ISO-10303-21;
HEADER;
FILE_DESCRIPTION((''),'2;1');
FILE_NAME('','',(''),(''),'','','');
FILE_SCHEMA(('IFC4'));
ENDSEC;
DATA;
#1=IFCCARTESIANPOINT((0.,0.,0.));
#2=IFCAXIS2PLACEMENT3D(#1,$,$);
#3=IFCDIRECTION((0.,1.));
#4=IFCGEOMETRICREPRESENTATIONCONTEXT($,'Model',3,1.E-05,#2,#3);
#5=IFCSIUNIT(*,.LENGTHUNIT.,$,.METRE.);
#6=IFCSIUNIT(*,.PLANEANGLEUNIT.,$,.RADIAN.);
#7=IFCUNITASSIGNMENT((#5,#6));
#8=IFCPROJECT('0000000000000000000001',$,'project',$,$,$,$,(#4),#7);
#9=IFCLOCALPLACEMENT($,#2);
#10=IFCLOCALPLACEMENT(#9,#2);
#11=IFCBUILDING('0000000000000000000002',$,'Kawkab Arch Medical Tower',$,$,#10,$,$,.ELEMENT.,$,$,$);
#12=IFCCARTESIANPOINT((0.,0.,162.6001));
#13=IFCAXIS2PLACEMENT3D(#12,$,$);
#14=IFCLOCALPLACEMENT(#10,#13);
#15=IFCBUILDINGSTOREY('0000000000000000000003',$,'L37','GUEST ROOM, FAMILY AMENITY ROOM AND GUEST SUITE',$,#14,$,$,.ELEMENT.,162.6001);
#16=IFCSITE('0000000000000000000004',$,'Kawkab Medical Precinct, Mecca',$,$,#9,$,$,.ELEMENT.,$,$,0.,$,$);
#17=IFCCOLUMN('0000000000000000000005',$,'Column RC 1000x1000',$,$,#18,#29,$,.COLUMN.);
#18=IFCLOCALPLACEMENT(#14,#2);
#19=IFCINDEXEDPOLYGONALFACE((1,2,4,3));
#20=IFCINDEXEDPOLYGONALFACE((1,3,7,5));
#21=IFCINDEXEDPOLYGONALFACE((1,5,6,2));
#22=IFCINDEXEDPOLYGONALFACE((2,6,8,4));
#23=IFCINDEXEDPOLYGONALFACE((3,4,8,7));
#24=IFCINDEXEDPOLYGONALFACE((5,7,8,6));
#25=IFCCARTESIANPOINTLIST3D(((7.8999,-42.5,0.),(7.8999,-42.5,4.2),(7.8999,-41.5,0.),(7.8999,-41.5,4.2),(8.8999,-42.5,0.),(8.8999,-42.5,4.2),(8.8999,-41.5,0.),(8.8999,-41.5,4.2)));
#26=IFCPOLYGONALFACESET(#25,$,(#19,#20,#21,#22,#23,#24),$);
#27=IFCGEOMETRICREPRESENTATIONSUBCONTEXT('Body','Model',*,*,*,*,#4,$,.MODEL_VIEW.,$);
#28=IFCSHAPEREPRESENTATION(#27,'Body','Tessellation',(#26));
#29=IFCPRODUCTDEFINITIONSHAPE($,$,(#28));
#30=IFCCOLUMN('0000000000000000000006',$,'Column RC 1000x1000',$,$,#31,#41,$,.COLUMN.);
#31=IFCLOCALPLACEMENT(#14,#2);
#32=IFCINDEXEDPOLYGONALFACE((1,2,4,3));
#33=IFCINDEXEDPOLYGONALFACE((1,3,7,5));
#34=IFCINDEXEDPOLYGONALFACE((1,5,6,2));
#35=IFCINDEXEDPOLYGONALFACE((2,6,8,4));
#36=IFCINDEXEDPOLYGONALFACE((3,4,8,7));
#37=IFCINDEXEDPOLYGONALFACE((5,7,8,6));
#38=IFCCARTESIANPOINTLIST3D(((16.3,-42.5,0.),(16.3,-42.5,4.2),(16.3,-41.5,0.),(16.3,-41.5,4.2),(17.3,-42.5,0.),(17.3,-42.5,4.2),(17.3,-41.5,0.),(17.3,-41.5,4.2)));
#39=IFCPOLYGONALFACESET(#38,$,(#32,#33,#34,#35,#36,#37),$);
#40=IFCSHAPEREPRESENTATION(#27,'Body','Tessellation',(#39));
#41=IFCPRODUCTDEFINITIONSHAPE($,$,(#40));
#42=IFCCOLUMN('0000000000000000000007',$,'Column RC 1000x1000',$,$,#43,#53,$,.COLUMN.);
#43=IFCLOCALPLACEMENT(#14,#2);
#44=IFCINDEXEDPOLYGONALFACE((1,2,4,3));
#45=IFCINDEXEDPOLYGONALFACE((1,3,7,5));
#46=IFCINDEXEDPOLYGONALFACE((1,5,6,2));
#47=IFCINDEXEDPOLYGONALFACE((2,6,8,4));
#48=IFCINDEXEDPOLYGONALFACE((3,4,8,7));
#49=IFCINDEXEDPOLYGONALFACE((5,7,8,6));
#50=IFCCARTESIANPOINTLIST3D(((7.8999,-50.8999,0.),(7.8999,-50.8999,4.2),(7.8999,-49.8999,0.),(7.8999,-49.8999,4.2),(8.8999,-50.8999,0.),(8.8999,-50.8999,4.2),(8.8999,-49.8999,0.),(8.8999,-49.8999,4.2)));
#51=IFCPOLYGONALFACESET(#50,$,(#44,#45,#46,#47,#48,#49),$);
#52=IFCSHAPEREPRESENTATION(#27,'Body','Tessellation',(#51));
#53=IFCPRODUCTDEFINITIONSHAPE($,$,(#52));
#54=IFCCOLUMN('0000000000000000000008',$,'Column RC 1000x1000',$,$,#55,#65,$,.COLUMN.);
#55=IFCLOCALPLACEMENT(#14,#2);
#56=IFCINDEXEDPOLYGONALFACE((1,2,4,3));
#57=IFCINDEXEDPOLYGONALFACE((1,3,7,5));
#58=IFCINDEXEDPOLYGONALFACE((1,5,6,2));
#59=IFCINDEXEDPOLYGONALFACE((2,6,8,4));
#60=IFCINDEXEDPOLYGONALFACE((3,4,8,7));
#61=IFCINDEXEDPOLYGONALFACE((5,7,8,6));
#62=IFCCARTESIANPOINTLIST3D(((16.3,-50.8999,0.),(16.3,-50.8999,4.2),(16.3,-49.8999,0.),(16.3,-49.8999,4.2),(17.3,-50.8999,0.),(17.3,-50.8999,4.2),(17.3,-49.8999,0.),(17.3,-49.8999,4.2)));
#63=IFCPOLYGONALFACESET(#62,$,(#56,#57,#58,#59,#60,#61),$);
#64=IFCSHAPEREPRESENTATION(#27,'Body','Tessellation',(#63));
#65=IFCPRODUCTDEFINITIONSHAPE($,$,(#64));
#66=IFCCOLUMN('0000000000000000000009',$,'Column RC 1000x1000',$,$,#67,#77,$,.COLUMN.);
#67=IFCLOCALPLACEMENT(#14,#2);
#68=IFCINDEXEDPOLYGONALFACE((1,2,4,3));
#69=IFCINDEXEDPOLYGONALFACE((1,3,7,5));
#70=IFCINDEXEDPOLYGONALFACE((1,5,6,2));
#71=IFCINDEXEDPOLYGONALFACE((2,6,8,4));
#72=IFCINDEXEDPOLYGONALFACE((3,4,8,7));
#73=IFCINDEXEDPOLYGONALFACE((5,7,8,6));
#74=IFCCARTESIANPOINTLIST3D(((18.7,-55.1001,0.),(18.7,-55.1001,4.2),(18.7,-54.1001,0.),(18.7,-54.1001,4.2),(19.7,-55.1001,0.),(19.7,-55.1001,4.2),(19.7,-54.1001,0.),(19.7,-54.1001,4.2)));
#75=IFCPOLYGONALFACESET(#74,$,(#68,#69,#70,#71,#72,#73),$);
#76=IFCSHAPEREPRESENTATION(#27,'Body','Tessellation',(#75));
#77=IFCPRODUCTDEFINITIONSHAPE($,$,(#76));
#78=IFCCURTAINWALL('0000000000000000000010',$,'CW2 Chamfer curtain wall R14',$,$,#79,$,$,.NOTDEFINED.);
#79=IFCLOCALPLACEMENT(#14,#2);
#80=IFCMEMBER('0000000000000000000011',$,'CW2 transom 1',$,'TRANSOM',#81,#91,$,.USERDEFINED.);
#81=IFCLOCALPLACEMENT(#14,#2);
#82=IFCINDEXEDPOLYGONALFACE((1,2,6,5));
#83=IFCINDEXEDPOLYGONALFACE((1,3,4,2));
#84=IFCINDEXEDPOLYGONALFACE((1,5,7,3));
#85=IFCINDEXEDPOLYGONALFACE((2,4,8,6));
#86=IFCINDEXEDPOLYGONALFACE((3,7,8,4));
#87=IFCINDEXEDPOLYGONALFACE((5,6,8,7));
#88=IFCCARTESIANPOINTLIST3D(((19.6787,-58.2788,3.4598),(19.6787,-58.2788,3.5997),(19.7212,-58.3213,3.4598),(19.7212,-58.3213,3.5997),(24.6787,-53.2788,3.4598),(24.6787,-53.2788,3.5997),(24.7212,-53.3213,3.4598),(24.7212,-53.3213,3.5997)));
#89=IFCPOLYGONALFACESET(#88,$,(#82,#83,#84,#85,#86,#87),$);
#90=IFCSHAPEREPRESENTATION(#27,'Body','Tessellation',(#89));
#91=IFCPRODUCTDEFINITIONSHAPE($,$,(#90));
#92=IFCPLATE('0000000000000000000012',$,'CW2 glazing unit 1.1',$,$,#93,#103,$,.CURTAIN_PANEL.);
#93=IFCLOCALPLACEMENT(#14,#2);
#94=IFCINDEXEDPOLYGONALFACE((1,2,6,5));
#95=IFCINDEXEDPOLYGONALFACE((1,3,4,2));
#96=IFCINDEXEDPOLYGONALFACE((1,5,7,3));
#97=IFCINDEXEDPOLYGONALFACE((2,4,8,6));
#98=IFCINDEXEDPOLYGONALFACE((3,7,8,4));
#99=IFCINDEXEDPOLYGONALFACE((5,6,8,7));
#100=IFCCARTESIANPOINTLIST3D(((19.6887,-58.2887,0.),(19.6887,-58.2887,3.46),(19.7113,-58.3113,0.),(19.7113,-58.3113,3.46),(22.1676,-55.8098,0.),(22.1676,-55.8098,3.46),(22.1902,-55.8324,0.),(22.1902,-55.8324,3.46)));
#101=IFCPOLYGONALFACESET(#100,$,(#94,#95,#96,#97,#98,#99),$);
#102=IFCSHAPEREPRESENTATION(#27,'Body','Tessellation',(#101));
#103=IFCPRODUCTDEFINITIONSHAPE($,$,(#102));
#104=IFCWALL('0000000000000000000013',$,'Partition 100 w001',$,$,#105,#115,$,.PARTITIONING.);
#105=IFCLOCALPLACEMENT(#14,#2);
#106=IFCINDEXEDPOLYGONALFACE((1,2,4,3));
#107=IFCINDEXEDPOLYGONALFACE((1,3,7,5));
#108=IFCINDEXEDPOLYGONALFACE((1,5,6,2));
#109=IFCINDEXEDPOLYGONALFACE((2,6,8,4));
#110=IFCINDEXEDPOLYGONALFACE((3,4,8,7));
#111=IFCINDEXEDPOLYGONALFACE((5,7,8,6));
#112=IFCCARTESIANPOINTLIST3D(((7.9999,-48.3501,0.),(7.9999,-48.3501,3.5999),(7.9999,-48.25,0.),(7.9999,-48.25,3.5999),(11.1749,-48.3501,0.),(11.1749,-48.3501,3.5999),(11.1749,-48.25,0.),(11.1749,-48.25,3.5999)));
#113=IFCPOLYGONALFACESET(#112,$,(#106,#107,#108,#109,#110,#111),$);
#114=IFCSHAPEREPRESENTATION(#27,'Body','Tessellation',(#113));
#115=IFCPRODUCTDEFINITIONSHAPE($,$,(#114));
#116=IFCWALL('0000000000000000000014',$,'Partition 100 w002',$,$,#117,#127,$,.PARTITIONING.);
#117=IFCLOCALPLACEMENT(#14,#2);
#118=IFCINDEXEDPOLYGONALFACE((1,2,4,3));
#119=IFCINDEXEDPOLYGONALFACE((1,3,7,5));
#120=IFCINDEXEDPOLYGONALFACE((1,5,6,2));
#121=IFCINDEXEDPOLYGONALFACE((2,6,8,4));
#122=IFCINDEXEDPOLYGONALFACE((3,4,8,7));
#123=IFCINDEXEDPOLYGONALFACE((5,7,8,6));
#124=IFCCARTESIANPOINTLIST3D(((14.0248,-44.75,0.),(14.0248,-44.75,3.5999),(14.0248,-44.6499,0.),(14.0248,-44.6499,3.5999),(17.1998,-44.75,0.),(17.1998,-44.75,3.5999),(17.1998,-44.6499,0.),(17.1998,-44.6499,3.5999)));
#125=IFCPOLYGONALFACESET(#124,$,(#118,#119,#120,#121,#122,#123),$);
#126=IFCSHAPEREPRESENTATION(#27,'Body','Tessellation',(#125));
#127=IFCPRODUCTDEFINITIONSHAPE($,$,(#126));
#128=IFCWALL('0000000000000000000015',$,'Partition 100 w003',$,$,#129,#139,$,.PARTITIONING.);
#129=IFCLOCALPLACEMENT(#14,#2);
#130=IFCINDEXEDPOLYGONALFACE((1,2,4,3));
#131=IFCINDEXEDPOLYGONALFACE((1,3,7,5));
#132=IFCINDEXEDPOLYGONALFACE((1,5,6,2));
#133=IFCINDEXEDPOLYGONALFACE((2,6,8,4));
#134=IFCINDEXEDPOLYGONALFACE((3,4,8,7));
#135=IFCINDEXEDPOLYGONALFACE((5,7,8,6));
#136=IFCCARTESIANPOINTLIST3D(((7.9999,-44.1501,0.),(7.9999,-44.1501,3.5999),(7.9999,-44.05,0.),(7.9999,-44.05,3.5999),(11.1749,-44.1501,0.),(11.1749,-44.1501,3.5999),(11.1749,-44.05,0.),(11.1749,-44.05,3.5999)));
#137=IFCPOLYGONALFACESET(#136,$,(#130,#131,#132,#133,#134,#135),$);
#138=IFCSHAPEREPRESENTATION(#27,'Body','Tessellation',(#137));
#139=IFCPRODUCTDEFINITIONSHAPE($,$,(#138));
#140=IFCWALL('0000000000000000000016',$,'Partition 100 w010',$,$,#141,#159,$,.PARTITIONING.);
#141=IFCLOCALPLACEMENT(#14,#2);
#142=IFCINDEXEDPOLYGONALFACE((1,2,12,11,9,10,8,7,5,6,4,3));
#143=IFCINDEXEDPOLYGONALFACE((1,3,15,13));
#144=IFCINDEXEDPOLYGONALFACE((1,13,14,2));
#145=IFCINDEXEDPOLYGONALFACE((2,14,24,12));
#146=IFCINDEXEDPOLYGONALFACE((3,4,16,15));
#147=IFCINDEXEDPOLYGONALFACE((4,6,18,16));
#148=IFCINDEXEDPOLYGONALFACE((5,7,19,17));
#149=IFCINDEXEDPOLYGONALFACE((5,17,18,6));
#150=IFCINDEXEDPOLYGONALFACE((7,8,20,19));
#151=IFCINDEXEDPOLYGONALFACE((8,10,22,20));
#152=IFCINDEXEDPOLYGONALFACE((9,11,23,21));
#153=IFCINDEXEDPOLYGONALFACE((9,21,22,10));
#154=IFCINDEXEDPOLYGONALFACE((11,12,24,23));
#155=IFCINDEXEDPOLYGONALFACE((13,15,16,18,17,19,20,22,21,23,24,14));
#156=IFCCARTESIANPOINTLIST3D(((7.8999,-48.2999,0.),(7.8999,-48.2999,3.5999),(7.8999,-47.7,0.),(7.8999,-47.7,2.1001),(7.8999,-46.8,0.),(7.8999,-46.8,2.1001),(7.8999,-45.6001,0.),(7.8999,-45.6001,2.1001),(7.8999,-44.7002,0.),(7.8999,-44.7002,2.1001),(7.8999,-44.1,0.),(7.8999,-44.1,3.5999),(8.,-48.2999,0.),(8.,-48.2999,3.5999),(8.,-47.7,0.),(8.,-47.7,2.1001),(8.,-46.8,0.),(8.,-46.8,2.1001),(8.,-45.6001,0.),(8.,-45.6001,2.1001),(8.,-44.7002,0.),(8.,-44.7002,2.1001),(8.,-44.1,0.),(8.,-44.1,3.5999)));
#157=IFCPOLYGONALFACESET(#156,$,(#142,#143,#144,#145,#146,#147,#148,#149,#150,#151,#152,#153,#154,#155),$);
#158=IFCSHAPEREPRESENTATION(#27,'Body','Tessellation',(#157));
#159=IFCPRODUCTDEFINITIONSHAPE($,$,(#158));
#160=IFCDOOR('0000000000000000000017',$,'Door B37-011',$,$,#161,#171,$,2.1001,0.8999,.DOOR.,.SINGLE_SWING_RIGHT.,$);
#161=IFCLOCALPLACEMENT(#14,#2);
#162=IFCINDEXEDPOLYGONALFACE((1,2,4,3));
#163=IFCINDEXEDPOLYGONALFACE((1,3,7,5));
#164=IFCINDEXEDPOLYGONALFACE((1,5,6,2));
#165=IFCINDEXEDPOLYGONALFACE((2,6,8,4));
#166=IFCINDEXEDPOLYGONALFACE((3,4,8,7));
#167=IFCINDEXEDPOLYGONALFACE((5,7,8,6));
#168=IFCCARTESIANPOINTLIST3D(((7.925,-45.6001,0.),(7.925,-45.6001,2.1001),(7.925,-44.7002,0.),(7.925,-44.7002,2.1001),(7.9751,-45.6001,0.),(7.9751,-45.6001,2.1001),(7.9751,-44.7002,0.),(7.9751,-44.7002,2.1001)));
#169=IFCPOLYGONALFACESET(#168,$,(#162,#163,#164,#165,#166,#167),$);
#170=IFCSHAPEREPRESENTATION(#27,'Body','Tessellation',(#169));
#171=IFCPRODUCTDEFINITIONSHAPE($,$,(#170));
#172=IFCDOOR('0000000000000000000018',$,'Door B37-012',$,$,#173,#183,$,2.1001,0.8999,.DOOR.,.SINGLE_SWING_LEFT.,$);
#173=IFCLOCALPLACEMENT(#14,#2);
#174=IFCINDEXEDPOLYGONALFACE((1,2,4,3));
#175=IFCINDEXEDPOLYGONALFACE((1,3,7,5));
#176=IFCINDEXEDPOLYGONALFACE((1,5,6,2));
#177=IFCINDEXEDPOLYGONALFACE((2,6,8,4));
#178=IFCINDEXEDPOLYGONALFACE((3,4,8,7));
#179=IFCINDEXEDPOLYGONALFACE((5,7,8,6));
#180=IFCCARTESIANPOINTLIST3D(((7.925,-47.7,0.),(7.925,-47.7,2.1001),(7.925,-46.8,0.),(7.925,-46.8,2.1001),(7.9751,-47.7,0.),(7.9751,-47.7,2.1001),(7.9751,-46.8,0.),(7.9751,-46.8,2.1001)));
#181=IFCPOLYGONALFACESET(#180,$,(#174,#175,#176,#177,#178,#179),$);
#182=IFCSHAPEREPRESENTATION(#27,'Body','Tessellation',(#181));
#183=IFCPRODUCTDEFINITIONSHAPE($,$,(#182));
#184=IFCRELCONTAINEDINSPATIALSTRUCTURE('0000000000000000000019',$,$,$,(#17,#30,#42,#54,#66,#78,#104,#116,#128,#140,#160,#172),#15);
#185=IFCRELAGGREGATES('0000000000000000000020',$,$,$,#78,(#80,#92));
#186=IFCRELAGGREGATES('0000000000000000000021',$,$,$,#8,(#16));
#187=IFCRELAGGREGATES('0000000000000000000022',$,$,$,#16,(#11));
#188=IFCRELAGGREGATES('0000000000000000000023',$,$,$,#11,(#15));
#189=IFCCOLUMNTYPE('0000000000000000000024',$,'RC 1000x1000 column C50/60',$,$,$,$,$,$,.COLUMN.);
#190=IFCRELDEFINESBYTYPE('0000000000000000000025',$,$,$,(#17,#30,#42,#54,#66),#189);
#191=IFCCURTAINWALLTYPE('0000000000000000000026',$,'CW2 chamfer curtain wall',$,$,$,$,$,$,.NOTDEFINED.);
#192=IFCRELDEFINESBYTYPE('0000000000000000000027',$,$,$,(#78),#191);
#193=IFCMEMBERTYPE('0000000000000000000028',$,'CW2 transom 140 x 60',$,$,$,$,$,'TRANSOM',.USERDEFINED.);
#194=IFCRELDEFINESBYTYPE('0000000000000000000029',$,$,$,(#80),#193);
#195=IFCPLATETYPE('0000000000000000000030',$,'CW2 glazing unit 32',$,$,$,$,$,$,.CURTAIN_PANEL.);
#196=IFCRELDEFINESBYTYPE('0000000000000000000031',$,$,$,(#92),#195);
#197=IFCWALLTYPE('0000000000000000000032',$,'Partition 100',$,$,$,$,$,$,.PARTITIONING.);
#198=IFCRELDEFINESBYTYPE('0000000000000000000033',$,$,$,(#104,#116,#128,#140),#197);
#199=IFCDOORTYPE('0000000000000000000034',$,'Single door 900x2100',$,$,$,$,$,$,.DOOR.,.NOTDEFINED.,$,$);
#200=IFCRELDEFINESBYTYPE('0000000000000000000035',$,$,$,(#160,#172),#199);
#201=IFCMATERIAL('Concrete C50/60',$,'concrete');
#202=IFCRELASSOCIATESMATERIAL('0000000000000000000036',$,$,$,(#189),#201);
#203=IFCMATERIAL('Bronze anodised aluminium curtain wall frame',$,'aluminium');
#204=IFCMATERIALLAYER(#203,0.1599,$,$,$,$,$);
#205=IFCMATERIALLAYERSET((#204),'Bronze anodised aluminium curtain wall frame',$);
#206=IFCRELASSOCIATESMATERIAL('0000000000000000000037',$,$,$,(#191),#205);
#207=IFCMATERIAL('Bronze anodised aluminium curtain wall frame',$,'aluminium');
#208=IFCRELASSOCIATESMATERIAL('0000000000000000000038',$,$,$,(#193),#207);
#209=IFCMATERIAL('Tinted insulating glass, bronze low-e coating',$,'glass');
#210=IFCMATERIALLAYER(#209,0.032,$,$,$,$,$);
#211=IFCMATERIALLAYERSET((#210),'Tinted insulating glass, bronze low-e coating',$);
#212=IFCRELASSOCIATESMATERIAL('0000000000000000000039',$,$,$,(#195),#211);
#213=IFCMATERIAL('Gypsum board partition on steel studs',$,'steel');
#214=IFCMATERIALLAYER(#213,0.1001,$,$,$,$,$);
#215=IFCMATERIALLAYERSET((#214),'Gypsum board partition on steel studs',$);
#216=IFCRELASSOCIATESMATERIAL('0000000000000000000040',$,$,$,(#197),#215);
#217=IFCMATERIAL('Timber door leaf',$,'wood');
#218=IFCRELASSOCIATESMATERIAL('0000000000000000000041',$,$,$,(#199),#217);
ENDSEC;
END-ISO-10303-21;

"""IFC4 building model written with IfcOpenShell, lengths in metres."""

from ifc_helpers import new_model, si_unit, direction, frame, frame_2d, origin, origin_2d, place, context, subcontext, project, spatial, rectangle, extrude, material, layer, layer_set, material_profile, profile_set, type_object, element, fill, aggregate, save


model = new_model("IFC4")

# Units and contexts
model_context = context("Model", 3, precision=1e-05, world=origin(), true_north=direction((0.0, 1.0)))
body_context = subcontext(model_context, "Body", "Model", "MODEL_VIEW")
ifc_project = project(units=[si_unit("LENGTHUNIT", "METRE"), si_unit("PLANEANGLEUNIT", "RADIAN")], contexts=[model_context])

# Site, building, storey
site_placement = place(None, origin())
site = spatial("IfcSite", under=ifc_project, at=site_placement, Name="Kawkab Medical Precinct, Mecca", CompositionType="ELEMENT", RefElevation=0.0)
building_placement = place(site_placement, origin())
building = spatial("IfcBuilding", under=site, at=building_placement, Name="Kawkab Arch Medical Tower", CompositionType="ELEMENT")
storey_placement = place(building_placement, frame((0.0, 0.0, 162.6001)))
storey = spatial("IfcBuildingStorey", under=building, at=storey_placement, Name="L37", Description="GUEST ROOM, FAMILY AMENITY ROOM AND GUEST SUITE", CompositionType="ELEMENT", Elevation=162.6001)

# Columns
ifc_material_1 = material(Name="Concrete C50/60", Category="concrete")
ifc_material_profile_1 = material_profile(ifc_material_1, rectangle(XDim=1.0, YDim=1.0, at=origin_2d()), Name="RC 1000x1000")
ifc_profile_set_1 = profile_set([ifc_material_profile_1], Name="Concrete C50/60")
column_type = type_object("IfcColumnType", Name="RC 1000x1000 column C50/60", PredefinedType="COLUMN", material=ifc_profile_set_1)
for number, where, z_axis, x_axis, name in (
    (1, (8.3999, -42.0, 0.0), (0.0, 0.0, 1.0), (1.0, 0.0, 0.0), "Column RC 1000x1000"),
    (2, (16.8, -42.0, 0.0), (0.0, 0.0, 1.0), (1.0, 0.0, 0.0), "Column RC 1000x1000"),
    (3, (8.3999, -50.3999, 0.0), (0.0, 0.0, 1.0), (1.0, 0.0, 0.0), "Column RC 1000x1000"),
    (4, (16.8, -50.3999, 0.0), (0.0, 0.0, 1.0), (1.0, 0.0, 0.0), "Column RC 1000x1000"),
    (5, (19.2, -54.6001, 0.0), (0.0, 0.0, 1.0), (1.0, 0.0, 0.0), "Column RC 1000x1000"),
):
    element("IfcColumn", number, at=place(storey_placement, frame(where, z_axis=z_axis, x_axis=x_axis)), inside=storey, type_object=column_type, Name=name, PredefinedType="COLUMN", context=body_context, shape_type="SweptSolid", body=[
        extrude(rectangle(XDim=1.0, YDim=1.0, at=origin_2d()), origin(), (0.0, 0.0, 1.0), 4.2),
    ])

# Curtain wall, member, plate
ifc_material_2 = material(Name="Bronze anodised aluminium curtain wall frame", Category="aluminium")
ifc_layer_1 = layer(ifc_material_2, 0.1599)
ifc_layer_set_1 = layer_set([ifc_layer_1], Name="Bronze anodised aluminium curtain wall frame")
curtain_wall_type = type_object("IfcCurtainWallType", Name="CW2 chamfer curtain wall", PredefinedType="NOTDEFINED", material=ifc_layer_set_1)
curtain_wall_placement = place(storey_placement, origin())
curtain_wall = element("IfcCurtainWall", 6, at=curtain_wall_placement, inside=storey, type_object=curtain_wall_type, Name="CW2 Chamfer curtain wall R14", PredefinedType="NOTDEFINED")
ifc_material_3 = material(Name="Bronze anodised aluminium curtain wall frame", Category="aluminium")
ifc_material_profile_2 = material_profile(ifc_material_3, rectangle(XDim=0.0601, YDim=0.1399, at=origin_2d()), Name="AL 60x140")
ifc_profile_set_2 = profile_set([ifc_material_profile_2], Name="Bronze anodised aluminium curtain wall frame")
member_type = type_object("IfcMemberType", Name="CW2 transom 140 x 60", ElementType="TRANSOM", PredefinedType="USERDEFINED", material=ifc_profile_set_2)
member_placement = place(storey_placement, frame((19.7, -58.3, 3.5298), z_axis=(0.707107, 0.707107, 0.0), x_axis=(-0.707107, 0.707107, 0.0)))
member = element("IfcMember", 7, at=member_placement, type_object=member_type, Name="CW2 transom 1", ObjectType="TRANSOM", PredefinedType="USERDEFINED", context=body_context, shape_type="SweptSolid", body=[
    extrude(rectangle(XDim=0.0601, YDim=0.1399, at=origin_2d()), origin(), (0.0, 0.0, 1.0), 7.071),
])
ifc_material_4 = material(Name="Tinted insulating glass, bronze low-e coating", Category="glass")
ifc_layer_2 = layer(ifc_material_4, 0.032)
ifc_layer_set_2 = layer_set([ifc_layer_2], Name="Tinted insulating glass, bronze low-e coating")
plate_type = type_object("IfcPlateType", Name="CW2 glazing unit 32", PredefinedType="CURTAIN_PANEL", material=ifc_layer_set_2)
plate_placement = place(storey_placement, frame((20.9395, -57.0605, 0.0), z_axis=(0.0, 0.0, 1.0), x_axis=(0.707107, 0.707107, 0.0)))
plate = element("IfcPlate", 8, at=plate_placement, type_object=plate_type, Name="CW2 glazing unit 1.1", PredefinedType="CURTAIN_PANEL", context=body_context, shape_type="SweptSolid", body=[
    extrude(rectangle(XDim=3.5056, YDim=0.032, at=origin_2d()), origin(), (0.0, 0.0, 1.0), 3.46),
])
aggregate(curtain_wall, [member, plate])

# Walls
ifc_material_5 = material(Name="Gypsum board partition on steel studs", Category="steel")
ifc_layer_3 = layer(ifc_material_5, 0.1001)
ifc_layer_set_3 = layer_set([ifc_layer_3], Name="Gypsum board partition on steel studs")
wall_type_1 = type_object("IfcWallType", Name="Partition 100", PredefinedType="PARTITIONING", material=ifc_layer_set_3)
for number, where, z_axis, x_axis, name in (
    (9, (8.0, -48.3, 0.0), (0.0, 0.0, 1.0), (1.0, 0.0, 0.0), "Partition 100 w001"),
    (10, (14.0249, -44.7, 0.0), (0.0, 0.0, 1.0), (1.0, 0.0, 0.0), "Partition 100 w002"),
    (11, (8.0, -44.1001, 0.0), (0.0, 0.0, 1.0), (1.0, 0.0, 0.0), "Partition 100 w003"),
):
    element("IfcWall", number, at=place(storey_placement, frame(where, z_axis=z_axis, x_axis=x_axis)), inside=storey, type_object=wall_type_1, Name=name, PredefinedType="PARTITIONING", context=body_context, shape_type="SweptSolid", body=[
        extrude(rectangle(XDim=3.175, YDim=0.1001, at=frame_2d((1.5874, 0.0))), origin(), (0.0, 0.0, 1.0), 3.5999),
    ])

# Wall, openings, doors
wall_1_placement = place(storey_placement, frame((7.95, -48.3, 0.0), z_axis=(0.0, 0.0, 1.0), x_axis=(0.0, 1.0, 0.0)))
wall_1 = element("IfcWall", 12, at=wall_1_placement, inside=storey, type_object=wall_type_1, Name="Partition 100 w010", PredefinedType="PARTITIONING", context=body_context, shape_type="SweptSolid", body=[
    extrude(rectangle(XDim=4.2, YDim=0.1001, at=frame_2d((2.1001, 0.0))), origin(), (0.0, 0.0, 1.0), 3.5999),
])
opening_1_placement = place(wall_1_placement, frame((2.7, 0.0, 0.0)))
opening_1 = element("IfcOpeningElement", 13, at=opening_1_placement, cuts=wall_1, PredefinedType="OPENING", context=body_context, shape_type="SweptSolid", body=[
    extrude(rectangle(XDim=0.8999, YDim=2.1001, at=frame_2d((0.45, 1.05))), frame((0.0, 0.0601, 0.0), z_axis=(0.0, -1.0, 0.0), x_axis=(1.0, 0.0, 0.0)), (0.0, 0.0, 1.0), 0.1201),
])
opening_2_placement = place(wall_1_placement, frame((0.6001, 0.0, 0.0)))
opening_2 = element("IfcOpeningElement", 14, at=opening_2_placement, cuts=wall_1, PredefinedType="OPENING", context=body_context, shape_type="SweptSolid", body=[
    extrude(rectangle(XDim=0.8999, YDim=2.1001, at=frame_2d((0.45, 1.05))), frame((0.0, 0.0601, 0.0), z_axis=(0.0, -1.0, 0.0), x_axis=(1.0, 0.0, 0.0)), (0.0, 0.0, 1.0), 0.1201),
])
ifc_material_6 = material(Name="Timber door leaf", Category="wood")
door_type_1 = type_object("IfcDoorType", Name="Single door 900x2100", OperationType="NOTDEFINED", PredefinedType="DOOR", material=ifc_material_6)
door_1_placement = place(opening_1_placement, origin())
door_1 = element("IfcDoor", 15, at=door_1_placement, inside=storey, type_object=door_type_1, Name="Door B37-011", OperationType="SINGLE_SWING_RIGHT", OverallHeight=2.1001, OverallWidth=0.8999, PredefinedType="DOOR", context=body_context, shape_type="SweptSolid", body=[
    extrude(rectangle(XDim=0.8999, YDim=2.1001, at=frame_2d((0.45, 1.05))), frame((0.0, 0.0249, 0.0), z_axis=(0.0, -1.0, 0.0), x_axis=(1.0, 0.0, 0.0)), (0.0, 0.0, 1.0), 0.05),
])
fill(opening_1, door_1)
door_2_placement = place(opening_2_placement, origin())
door_2 = element("IfcDoor", 16, at=door_2_placement, inside=storey, type_object=door_type_1, Name="Door B37-012", OperationType="SINGLE_SWING_LEFT", OverallHeight=2.1001, OverallWidth=0.8999, PredefinedType="DOOR", context=body_context, shape_type="SweptSolid", body=[
    extrude(rectangle(XDim=0.8999, YDim=2.1001, at=frame_2d((0.45, 1.05))), frame((0.0, 0.0249, 0.0), z_axis=(0.0, -1.0, 0.0), x_axis=(1.0, 0.0, 0.0)), (0.0, 0.0, 1.0), 0.05),
])
fill(opening_2, door_2)

save(model, "model.ifc")
